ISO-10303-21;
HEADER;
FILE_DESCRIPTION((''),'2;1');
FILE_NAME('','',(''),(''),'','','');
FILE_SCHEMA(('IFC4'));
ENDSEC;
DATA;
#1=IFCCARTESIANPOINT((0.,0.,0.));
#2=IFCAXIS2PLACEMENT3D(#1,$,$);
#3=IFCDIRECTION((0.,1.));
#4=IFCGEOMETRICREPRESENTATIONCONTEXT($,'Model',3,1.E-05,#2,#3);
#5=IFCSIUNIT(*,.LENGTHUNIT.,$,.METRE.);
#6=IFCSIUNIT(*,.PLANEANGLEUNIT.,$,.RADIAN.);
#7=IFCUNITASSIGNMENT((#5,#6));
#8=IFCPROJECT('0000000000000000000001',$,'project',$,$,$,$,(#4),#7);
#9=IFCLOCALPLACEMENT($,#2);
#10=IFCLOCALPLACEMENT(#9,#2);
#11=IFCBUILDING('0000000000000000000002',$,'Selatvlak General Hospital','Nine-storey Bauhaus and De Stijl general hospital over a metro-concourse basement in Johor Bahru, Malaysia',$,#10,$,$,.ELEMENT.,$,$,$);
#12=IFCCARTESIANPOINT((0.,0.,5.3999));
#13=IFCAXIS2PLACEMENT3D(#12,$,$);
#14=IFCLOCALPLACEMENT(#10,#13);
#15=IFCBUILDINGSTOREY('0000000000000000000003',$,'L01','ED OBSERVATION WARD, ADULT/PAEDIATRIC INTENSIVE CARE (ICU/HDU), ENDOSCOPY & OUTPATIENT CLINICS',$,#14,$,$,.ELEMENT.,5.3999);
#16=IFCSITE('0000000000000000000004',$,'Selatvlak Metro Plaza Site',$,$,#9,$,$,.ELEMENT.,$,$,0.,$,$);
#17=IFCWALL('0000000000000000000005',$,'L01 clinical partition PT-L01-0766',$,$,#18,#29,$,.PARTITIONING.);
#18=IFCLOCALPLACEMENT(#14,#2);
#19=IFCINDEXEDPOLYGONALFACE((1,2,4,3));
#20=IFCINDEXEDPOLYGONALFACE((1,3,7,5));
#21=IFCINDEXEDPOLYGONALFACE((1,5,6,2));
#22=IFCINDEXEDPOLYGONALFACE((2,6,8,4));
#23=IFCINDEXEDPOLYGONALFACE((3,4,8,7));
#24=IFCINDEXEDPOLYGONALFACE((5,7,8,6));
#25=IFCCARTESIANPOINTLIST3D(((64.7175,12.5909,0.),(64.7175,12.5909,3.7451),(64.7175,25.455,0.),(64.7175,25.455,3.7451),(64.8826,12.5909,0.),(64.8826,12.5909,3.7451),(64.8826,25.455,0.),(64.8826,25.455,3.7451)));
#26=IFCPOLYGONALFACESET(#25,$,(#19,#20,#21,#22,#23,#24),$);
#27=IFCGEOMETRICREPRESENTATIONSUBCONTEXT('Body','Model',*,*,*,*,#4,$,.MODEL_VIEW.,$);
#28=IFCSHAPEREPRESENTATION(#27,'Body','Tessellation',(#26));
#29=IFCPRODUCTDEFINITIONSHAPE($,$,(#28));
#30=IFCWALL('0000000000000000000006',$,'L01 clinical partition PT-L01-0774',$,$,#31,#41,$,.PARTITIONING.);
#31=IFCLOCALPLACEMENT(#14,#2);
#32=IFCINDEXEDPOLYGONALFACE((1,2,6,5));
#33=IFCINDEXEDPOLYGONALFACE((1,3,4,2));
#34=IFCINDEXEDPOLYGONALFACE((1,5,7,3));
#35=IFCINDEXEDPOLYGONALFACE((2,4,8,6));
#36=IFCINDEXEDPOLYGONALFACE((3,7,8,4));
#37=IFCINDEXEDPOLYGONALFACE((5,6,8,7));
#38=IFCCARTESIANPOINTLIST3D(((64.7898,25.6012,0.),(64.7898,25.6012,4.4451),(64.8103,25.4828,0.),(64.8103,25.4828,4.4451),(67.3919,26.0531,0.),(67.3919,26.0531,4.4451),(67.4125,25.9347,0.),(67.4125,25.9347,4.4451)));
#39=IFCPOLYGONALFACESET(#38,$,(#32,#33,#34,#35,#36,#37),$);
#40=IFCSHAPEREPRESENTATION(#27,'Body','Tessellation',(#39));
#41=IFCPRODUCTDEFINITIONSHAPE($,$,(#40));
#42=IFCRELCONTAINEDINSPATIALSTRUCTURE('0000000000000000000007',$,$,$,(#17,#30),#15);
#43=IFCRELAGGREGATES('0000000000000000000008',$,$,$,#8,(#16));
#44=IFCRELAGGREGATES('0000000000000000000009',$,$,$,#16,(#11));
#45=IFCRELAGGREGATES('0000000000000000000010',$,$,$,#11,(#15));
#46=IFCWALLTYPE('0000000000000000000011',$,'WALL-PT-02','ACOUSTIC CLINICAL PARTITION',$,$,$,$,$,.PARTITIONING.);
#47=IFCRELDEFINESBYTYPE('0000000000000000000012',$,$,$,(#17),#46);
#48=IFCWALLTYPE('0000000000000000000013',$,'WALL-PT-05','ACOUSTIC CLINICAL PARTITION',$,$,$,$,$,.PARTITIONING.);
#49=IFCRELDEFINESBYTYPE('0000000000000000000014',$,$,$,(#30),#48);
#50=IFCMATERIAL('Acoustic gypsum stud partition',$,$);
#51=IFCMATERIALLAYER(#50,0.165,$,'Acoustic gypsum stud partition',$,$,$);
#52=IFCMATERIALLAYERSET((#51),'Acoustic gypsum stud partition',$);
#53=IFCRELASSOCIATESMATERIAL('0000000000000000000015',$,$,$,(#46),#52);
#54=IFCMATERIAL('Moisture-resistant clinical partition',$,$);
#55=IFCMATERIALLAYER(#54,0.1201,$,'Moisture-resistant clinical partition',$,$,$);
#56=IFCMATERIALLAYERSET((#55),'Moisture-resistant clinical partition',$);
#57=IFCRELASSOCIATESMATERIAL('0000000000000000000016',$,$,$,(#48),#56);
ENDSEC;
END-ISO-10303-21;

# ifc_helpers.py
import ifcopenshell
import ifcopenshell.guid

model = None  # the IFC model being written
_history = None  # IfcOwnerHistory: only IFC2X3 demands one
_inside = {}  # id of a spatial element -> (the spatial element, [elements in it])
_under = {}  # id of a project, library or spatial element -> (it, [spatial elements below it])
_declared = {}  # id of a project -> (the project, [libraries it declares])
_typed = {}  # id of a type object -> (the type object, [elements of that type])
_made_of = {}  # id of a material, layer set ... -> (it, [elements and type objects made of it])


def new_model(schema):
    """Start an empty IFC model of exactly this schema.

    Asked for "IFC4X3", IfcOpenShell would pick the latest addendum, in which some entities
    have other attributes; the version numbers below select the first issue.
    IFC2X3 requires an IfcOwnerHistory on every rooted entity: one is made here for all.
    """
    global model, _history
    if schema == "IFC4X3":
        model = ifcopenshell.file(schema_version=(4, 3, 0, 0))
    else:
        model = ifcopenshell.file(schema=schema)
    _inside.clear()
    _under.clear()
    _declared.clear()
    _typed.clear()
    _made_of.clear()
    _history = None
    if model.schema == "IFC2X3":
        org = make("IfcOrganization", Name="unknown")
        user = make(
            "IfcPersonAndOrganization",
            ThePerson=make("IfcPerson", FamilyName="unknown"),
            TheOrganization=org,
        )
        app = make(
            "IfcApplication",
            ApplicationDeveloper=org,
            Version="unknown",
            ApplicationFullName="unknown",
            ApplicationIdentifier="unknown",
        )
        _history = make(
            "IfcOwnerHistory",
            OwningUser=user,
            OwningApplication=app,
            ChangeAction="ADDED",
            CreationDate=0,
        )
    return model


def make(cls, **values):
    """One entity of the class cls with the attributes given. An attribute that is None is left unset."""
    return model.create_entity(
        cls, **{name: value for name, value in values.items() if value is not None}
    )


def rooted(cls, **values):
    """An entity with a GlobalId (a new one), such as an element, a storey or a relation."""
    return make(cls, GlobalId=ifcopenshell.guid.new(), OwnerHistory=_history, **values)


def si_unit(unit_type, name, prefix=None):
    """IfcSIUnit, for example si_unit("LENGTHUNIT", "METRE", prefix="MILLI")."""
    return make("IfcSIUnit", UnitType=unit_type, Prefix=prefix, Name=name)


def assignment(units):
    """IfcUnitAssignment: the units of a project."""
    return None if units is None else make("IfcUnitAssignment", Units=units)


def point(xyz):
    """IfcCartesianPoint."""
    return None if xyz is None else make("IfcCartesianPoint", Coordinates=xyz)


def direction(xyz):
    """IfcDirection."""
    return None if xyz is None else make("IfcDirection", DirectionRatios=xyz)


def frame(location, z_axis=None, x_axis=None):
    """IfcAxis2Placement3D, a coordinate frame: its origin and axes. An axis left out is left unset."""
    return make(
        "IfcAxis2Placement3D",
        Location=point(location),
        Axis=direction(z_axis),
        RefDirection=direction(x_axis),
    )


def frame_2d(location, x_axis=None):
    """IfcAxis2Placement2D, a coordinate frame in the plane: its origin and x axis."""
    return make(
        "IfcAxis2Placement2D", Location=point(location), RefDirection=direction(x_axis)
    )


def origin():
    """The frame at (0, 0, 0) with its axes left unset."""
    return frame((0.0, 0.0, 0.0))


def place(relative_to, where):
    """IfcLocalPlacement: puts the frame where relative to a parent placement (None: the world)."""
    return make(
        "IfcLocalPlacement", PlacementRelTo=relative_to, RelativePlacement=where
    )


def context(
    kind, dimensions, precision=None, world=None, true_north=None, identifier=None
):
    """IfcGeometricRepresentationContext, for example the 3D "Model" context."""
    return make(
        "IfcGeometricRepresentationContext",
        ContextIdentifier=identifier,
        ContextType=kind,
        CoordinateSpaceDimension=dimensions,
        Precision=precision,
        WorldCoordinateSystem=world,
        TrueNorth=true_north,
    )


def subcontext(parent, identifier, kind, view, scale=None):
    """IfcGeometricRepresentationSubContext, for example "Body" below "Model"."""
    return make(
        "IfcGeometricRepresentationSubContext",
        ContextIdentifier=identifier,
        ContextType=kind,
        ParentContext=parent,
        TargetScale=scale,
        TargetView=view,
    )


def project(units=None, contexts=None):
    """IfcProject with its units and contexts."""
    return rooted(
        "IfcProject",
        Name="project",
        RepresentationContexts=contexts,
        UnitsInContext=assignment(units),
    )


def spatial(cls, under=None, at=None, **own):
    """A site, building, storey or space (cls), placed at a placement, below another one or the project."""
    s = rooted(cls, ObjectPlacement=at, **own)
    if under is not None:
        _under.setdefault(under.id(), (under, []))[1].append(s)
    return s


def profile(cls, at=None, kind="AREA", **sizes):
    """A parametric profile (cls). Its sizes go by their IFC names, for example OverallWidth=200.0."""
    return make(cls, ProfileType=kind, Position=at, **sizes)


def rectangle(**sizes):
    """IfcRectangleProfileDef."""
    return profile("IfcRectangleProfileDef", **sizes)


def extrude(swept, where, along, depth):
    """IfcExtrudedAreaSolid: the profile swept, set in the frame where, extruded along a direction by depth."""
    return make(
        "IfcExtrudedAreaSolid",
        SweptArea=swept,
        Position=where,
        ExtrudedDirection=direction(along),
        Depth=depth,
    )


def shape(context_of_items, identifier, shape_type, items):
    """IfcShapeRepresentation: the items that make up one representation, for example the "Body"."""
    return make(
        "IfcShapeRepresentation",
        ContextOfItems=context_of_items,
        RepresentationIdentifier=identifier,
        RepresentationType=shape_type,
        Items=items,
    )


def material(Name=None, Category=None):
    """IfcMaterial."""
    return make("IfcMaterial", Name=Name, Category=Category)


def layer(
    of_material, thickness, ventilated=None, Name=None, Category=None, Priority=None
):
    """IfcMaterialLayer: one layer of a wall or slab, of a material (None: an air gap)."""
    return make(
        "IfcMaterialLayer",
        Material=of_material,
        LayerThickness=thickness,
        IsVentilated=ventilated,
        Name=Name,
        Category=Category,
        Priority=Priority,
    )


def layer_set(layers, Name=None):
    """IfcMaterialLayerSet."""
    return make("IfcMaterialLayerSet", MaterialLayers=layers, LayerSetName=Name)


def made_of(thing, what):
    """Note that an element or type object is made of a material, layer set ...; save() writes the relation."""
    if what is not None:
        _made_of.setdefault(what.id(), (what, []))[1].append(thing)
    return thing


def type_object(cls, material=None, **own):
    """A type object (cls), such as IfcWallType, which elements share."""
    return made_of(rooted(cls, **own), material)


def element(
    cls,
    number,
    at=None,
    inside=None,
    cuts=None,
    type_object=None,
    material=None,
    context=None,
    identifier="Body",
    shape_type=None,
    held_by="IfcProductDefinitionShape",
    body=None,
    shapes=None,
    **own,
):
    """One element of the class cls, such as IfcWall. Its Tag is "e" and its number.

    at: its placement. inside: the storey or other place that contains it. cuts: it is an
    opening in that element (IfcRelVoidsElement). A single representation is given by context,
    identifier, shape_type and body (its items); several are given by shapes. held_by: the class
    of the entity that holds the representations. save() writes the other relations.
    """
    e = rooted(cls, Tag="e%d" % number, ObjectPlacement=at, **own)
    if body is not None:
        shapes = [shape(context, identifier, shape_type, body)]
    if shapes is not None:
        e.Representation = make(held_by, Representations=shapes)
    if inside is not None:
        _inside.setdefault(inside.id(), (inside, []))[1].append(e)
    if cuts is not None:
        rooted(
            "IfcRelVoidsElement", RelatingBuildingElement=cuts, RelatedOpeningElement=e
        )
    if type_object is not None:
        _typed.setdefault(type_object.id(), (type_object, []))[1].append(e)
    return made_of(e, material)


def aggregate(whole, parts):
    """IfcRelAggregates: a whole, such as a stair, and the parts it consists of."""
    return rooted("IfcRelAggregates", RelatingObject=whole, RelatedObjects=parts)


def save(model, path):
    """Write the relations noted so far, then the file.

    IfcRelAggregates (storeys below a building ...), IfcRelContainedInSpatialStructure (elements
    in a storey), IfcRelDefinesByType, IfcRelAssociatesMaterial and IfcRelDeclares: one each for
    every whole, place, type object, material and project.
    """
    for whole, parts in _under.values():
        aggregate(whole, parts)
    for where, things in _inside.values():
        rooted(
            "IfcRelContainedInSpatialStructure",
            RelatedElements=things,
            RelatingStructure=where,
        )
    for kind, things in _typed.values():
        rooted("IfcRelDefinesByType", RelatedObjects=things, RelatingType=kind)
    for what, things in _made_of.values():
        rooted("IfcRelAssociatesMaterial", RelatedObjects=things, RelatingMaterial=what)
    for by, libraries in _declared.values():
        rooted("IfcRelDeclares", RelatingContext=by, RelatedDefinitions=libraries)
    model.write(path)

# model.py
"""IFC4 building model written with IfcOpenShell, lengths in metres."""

from ifc_helpers import new_model, si_unit, direction, frame, frame_2d, origin, place, context, subcontext, project, spatial, rectangle, extrude, material, layer, layer_set, type_object, element, save


model = new_model("IFC4")

# Units and contexts
model_context = context("Model", 3, precision=1e-05, world=origin(), true_north=direction((0.0, 1.0)))
body_context = subcontext(model_context, "Body", "Model", "MODEL_VIEW")
ifc_project = project(units=[si_unit("LENGTHUNIT", "METRE"), si_unit("PLANEANGLEUNIT", "RADIAN")], contexts=[model_context])

# Site, building, storey
site_placement = place(None, origin())
site = spatial("IfcSite", under=ifc_project, at=site_placement, Name="Selatvlak Metro Plaza Site", CompositionType="ELEMENT", RefElevation=0.0)
building_placement = place(site_placement, origin())
building = spatial("IfcBuilding", under=site, at=building_placement, Name="Selatvlak General Hospital", Description="Nine-storey Bauhaus and De Stijl general hospital over a metro-concourse basement in Johor Bahru, Malaysia", CompositionType="ELEMENT")
storey_placement = place(building_placement, frame((0.0, 0.0, 5.3999)))
storey = spatial("IfcBuildingStorey", under=building, at=storey_placement, Name="L01", Description="ED OBSERVATION WARD, ADULT/PAEDIATRIC INTENSIVE CARE (ICU/HDU), ENDOSCOPY & OUTPATIENT CLINICS", CompositionType="ELEMENT", Elevation=5.3999)

# Shared definitions
ifc_material_1 = material(Name="Acoustic gypsum stud partition")

# Walls
ifc_layer_1 = layer(ifc_material_1, 0.165, Name="Acoustic gypsum stud partition")
ifc_layer_set_1 = layer_set([ifc_layer_1], Name="Acoustic gypsum stud partition")
wall_type_1 = type_object("IfcWallType", Name="WALL-PT-02", Description="ACOUSTIC CLINICAL PARTITION", PredefinedType="PARTITIONING", material=ifc_layer_set_1)
wall_1_placement = place(storey_placement, frame((64.8, 25.4551, 0.0), z_axis=(0.0, 0.0, 1.0), x_axis=(0.0, -1.0, 0.0)))
element("IfcWall", 1, at=wall_1_placement, inside=storey, type_object=wall_type_1, Name="L01 clinical partition PT-L01-0766", PredefinedType="PARTITIONING", context=body_context, shape_type="SweptSolid", body=[
    extrude(rectangle(XDim=12.864, YDim=0.165, at=frame_2d((6.4321, 0.0))), origin(), (0.0, 0.0, 1.0), 3.7451),
])
ifc_material_2 = material(Name="Moisture-resistant clinical partition")
ifc_layer_2 = layer(ifc_material_2, 0.1201, Name="Moisture-resistant clinical partition")
ifc_layer_set_2 = layer_set([ifc_layer_2], Name="Moisture-resistant clinical partition")
wall_type_2 = type_object("IfcWallType", Name="WALL-PT-05", Description="ACOUSTIC CLINICAL PARTITION", PredefinedType="PARTITIONING", material=ifc_layer_set_2)
wall_2_placement = place(storey_placement, frame((64.8, 25.542, 0.0), z_axis=(0.0, 0.0, 1.0), x_axis=(0.985252, 0.171111, 0.0)))
element("IfcWall", 2, at=wall_2_placement, inside=storey, type_object=wall_type_2, Name="L01 clinical partition PT-L01-0774", PredefinedType="PARTITIONING", context=body_context, shape_type="SweptSolid", body=[
    extrude(rectangle(XDim=2.6411, YDim=0.1201, at=frame_2d((1.3206, 0.0))), origin(), (0.0, 0.0, 1.0), 4.4451),
])

save(model, "model.ifc")
